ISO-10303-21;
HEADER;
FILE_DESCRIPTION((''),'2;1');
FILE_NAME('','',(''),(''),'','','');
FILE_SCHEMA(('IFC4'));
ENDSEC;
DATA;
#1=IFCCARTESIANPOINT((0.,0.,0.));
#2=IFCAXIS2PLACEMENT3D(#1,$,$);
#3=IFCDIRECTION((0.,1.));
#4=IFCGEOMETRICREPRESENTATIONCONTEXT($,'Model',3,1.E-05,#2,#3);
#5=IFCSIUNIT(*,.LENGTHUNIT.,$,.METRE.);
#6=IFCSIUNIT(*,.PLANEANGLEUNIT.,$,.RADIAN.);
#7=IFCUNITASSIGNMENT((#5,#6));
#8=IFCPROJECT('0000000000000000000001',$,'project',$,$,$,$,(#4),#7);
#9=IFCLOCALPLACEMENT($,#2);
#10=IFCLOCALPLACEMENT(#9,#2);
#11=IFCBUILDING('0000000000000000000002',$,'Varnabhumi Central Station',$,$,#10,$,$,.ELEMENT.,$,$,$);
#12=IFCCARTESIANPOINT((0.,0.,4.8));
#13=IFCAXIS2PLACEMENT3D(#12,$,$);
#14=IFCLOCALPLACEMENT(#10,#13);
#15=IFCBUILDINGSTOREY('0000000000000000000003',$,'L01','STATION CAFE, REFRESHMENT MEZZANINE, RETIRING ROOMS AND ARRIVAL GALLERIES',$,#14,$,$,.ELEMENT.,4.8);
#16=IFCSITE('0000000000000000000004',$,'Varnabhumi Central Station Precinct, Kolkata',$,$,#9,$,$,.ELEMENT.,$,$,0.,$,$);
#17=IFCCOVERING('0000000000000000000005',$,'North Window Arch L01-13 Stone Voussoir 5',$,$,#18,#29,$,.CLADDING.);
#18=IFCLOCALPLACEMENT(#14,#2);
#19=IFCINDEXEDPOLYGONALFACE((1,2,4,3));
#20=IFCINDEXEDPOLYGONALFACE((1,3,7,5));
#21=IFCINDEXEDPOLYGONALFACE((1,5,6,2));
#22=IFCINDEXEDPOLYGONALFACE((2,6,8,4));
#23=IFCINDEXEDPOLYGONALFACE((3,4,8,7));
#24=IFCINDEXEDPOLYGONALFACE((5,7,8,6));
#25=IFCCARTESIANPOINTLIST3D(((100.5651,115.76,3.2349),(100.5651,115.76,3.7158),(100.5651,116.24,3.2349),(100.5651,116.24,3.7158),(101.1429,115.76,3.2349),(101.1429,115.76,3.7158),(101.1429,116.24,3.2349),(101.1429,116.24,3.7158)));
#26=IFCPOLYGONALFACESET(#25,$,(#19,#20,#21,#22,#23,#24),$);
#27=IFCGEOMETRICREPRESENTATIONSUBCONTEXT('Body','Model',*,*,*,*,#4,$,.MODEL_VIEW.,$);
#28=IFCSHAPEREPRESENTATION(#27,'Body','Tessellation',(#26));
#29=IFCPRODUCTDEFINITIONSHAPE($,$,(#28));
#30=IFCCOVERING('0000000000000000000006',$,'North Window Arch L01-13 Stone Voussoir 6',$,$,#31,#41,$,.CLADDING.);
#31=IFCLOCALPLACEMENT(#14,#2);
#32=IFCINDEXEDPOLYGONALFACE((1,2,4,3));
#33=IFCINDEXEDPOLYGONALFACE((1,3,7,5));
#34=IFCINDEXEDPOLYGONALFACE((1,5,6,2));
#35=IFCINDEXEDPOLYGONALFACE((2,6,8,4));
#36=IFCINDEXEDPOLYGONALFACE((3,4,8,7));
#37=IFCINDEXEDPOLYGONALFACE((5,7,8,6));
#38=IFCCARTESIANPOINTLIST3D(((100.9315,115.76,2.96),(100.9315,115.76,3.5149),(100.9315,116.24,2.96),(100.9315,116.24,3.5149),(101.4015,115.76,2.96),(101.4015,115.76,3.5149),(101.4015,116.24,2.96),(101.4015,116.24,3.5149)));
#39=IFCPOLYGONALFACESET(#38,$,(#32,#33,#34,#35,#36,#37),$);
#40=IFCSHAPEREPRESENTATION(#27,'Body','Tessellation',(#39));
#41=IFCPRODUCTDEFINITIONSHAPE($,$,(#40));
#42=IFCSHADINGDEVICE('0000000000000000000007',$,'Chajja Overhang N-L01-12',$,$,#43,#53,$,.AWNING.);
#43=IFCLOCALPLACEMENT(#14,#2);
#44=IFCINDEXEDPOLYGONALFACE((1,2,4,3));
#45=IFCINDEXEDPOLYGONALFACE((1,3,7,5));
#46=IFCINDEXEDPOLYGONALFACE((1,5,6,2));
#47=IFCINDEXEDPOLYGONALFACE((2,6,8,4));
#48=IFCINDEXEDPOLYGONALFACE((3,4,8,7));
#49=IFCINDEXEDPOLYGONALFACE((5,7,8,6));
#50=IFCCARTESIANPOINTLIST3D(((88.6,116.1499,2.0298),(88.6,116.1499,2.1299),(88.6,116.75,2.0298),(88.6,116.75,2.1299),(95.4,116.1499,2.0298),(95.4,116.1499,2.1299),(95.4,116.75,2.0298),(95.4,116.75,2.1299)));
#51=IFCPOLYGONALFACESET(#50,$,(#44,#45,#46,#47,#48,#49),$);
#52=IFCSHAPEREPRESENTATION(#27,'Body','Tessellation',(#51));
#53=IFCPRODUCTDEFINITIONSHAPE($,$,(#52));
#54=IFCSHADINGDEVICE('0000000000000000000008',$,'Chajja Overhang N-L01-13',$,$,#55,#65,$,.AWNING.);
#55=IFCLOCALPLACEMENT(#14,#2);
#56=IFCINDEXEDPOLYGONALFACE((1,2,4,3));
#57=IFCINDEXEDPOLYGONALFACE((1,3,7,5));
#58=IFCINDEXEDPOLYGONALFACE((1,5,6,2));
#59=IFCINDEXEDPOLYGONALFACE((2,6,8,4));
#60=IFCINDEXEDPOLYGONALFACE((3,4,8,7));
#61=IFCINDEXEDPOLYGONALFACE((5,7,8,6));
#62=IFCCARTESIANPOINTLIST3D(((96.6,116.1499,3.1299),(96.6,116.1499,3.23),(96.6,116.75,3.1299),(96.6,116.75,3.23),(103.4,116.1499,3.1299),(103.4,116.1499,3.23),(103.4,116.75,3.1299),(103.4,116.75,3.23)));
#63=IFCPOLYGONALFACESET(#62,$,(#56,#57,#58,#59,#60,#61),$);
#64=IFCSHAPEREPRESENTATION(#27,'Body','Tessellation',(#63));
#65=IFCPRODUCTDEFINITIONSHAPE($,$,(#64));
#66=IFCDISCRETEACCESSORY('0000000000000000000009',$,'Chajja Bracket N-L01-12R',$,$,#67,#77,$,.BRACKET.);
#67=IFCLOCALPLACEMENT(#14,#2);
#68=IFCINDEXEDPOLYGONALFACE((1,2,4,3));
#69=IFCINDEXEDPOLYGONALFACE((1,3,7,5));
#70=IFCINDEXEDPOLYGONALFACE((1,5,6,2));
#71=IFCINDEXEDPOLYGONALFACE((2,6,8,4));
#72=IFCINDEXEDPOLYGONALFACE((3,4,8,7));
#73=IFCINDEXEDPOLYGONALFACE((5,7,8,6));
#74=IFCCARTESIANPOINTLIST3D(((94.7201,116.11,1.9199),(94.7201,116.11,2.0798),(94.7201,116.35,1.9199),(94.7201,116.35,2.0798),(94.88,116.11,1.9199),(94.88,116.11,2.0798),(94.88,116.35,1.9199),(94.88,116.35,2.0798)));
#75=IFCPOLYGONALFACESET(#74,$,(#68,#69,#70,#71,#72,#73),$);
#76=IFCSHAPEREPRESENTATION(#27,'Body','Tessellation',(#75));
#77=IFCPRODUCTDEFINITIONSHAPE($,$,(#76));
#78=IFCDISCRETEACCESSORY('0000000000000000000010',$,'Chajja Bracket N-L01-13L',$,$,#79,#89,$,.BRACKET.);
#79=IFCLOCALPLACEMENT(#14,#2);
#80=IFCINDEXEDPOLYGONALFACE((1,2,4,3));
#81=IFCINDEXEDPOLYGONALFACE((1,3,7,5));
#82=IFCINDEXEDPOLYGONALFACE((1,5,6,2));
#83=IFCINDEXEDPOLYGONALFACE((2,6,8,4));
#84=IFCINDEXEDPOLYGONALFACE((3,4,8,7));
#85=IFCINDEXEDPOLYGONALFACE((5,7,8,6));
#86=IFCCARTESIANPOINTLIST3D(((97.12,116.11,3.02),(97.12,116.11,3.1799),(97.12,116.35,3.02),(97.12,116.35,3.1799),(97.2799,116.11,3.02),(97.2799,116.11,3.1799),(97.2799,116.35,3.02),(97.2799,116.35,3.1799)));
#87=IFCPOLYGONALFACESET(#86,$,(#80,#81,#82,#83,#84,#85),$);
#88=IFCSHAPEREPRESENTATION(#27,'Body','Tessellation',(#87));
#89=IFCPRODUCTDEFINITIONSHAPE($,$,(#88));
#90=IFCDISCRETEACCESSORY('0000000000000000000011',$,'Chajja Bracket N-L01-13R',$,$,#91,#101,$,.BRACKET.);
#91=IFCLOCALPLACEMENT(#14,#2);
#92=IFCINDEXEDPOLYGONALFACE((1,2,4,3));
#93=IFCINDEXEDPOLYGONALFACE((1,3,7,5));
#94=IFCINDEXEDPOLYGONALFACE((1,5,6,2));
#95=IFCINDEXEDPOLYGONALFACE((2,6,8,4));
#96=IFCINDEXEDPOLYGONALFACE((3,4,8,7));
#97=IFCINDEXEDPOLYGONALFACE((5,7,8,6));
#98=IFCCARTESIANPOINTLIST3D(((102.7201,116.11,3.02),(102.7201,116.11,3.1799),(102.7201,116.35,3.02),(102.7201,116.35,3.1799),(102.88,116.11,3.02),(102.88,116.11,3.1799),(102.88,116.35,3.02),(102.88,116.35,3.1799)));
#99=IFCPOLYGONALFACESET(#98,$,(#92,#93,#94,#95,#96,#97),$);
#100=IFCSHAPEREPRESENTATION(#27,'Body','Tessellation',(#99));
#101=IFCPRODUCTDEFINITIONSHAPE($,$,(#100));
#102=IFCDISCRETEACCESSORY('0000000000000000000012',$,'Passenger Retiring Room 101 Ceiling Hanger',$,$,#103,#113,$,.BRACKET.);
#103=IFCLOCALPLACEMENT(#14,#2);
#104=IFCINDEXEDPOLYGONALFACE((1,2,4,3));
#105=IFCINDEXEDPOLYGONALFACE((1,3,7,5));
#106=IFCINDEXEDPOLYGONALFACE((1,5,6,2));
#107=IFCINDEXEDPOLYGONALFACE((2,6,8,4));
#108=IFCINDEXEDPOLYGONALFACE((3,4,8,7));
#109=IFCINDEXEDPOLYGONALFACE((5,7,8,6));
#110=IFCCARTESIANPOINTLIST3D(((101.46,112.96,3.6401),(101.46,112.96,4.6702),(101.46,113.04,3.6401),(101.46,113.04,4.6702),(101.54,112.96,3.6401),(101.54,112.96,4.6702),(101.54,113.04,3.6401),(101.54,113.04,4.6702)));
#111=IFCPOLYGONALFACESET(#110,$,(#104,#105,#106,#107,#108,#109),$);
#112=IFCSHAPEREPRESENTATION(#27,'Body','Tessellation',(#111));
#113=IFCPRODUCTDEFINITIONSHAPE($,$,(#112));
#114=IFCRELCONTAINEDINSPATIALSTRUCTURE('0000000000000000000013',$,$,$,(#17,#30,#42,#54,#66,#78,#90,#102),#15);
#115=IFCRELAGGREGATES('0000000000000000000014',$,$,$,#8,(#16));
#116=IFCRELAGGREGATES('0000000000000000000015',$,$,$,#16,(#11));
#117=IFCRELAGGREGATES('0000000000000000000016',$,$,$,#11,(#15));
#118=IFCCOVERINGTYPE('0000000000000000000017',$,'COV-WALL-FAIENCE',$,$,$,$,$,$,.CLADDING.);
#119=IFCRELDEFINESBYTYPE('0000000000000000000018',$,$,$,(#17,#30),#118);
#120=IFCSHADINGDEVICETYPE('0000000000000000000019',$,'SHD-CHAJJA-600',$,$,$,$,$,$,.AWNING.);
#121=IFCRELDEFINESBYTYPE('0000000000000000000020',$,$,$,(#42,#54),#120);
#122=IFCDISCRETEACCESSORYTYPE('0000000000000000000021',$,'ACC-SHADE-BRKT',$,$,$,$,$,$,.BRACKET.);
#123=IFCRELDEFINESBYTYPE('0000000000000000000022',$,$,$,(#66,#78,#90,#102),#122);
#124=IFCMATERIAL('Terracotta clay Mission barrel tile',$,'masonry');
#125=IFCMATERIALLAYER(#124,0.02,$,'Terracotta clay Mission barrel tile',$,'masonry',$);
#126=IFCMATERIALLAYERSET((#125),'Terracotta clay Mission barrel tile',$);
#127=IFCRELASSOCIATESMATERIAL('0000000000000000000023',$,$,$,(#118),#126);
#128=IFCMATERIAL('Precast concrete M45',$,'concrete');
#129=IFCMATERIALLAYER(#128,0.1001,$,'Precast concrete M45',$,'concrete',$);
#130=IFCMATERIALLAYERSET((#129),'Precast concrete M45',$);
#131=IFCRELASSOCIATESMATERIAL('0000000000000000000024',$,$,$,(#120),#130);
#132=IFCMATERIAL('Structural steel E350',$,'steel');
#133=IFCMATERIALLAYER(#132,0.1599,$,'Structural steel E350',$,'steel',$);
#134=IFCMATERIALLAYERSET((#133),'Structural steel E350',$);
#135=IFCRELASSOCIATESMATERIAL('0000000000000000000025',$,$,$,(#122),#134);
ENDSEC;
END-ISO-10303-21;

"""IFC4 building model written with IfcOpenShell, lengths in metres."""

from ifc_helpers import new_model, si_unit, direction, frame, origin, origin_2d, place, context, subcontext, project, spatial, rectangle, extrude, material, layer, layer_set, type_object, element, save


model = new_model("IFC4")

# Units and contexts
model_context = context("Model", 3, precision=1e-05, world=origin(), true_north=direction((0.0, 1.0)))
body_context = subcontext(model_context, "Body", "Model", "MODEL_VIEW")
ifc_project = project(units=[si_unit("LENGTHUNIT", "METRE"), si_unit("PLANEANGLEUNIT", "RADIAN")], contexts=[model_context])

# Site, building, storey
site_placement = place(None, origin())
site = spatial("IfcSite", under=ifc_project, at=site_placement, Name="Varnabhumi Central Station Precinct, Kolkata", CompositionType="ELEMENT", RefElevation=0.0)
building_placement = place(site_placement, origin())
building = spatial("IfcBuilding", under=site, at=building_placement, Name="Varnabhumi Central Station", CompositionType="ELEMENT")
storey_placement = place(building_placement, frame((0.0, 0.0, 4.8)))
storey = spatial("IfcBuildingStorey", under=building, at=storey_placement, Name="L01", Description="STATION CAFE, REFRESHMENT MEZZANINE, RETIRING ROOMS AND ARRIVAL GALLERIES", CompositionType="ELEMENT", Elevation=4.8)

# Coverings
ifc_material_1 = material(Name="Terracotta clay Mission barrel tile", Category="masonry")
ifc_layer_1 = layer(ifc_material_1, 0.02, Name="Terracotta clay Mission barrel tile", Category="masonry")
ifc_layer_set_1 = layer_set([ifc_layer_1], Name="Terracotta clay Mission barrel tile")
covering_type = type_object("IfcCoveringType", Name="COV-WALL-FAIENCE", PredefinedType="CLADDING", material=ifc_layer_set_1)
covering_1_placement = place(storey_placement, frame((100.854, 116.0, 3.2349), z_axis=(0.0, 0.0, 1.0), x_axis=(1.0, 0.0, 0.0)))
element("IfcCovering", 1, at=covering_1_placement, inside=storey, type_object=covering_type, Name="North Window Arch L01-13 Stone Voussoir 5", PredefinedType="CLADDING", context=body_context, shape_type="SweptSolid", body=[
    extrude(rectangle(XDim=0.5779, YDim=0.48, at=origin_2d()), origin(), (0.0, 0.0, 1.0), 0.481),
])
covering_2_placement = place(storey_placement, frame((101.1665, 116.0, 2.96), z_axis=(0.0, 0.0, 1.0), x_axis=(1.0, 0.0, 0.0)))
element("IfcCovering", 2, at=covering_2_placement, inside=storey, type_object=covering_type, Name="North Window Arch L01-13 Stone Voussoir 6", PredefinedType="CLADDING", context=body_context, shape_type="SweptSolid", body=[
    extrude(rectangle(XDim=0.47, YDim=0.48, at=origin_2d()), origin(), (0.0, 0.0, 1.0), 0.5549),
])

# Shading devices
ifc_material_2 = material(Name="Precast concrete M45", Category="concrete")
ifc_layer_2 = layer(ifc_material_2, 0.1001, Name="Precast concrete M45", Category="concrete")
ifc_layer_set_2 = layer_set([ifc_layer_2], Name="Precast concrete M45")
shading_device_type = type_object("IfcShadingDeviceType", Name="SHD-CHAJJA-600", PredefinedType="AWNING", material=ifc_layer_set_2)
for number, where, z_axis, x_axis, name in (
    (3, (92.0, 116.45, 2.0298), (0.0, 0.0, 1.0), (1.0, 0.0, 0.0), "Chajja Overhang N-L01-12"),
    (4, (100.0, 116.45, 3.1299), (0.0, 0.0, 1.0), (1.0, 0.0, 0.0), "Chajja Overhang N-L01-13"),
):
    element("IfcShadingDevice", number, at=place(storey_placement, frame(where, z_axis=z_axis, x_axis=x_axis)), inside=storey, type_object=shading_device_type, Name=name, PredefinedType="AWNING", context=body_context, shape_type="SweptSolid", body=[
        extrude(rectangle(XDim=6.8, YDim=0.6001, at=origin_2d()), origin(), (0.0, 0.0, 1.0), 0.1001),
    ])

# Discrete accessories
ifc_material_3 = material(Name="Structural steel E350", Category="steel")
ifc_layer_3 = layer(ifc_material_3, 0.1599, Name="Structural steel E350", Category="steel")
ifc_layer_set_3 = layer_set([ifc_layer_3], Name="Structural steel E350")
discrete_accessory_type = type_object("IfcDiscreteAccessoryType", Name="ACC-SHADE-BRKT", PredefinedType="BRACKET", material=ifc_layer_set_3)
for number, where, z_axis, x_axis, name in (
    (5, (94.8, 116.23, 1.9199), (0.0, 0.0, 1.0), (1.0, 0.0, 0.0), "Chajja Bracket N-L01-12R"),
    (6, (97.2, 116.23, 3.02), (0.0, 0.0, 1.0), (1.0, 0.0, 0.0), "Chajja Bracket N-L01-13L"),
    (7, (102.8, 116.23, 3.02), (0.0, 0.0, 1.0), (1.0, 0.0, 0.0), "Chajja Bracket N-L01-13R"),
):
    element("IfcDiscreteAccessory", number, at=place(storey_placement, frame(where, z_axis=z_axis, x_axis=x_axis)), inside=storey, type_object=discrete_accessory_type, Name=name, PredefinedType="BRACKET", context=body_context, shape_type="SweptSolid", body=[
        extrude(rectangle(XDim=0.1599, YDim=0.24, at=origin_2d()), origin(), (0.0, 0.0, 1.0), 0.1599),
    ])
discrete_accessory_placement = place(storey_placement, frame((101.5, 113.0, 3.6401), z_axis=(0.0, 0.0, 1.0), x_axis=(1.0, 0.0, 0.0)))
element("IfcDiscreteAccessory", 8, at=discrete_accessory_placement, inside=storey, type_object=discrete_accessory_type, Name="Passenger Retiring Room 101 Ceiling Hanger", PredefinedType="BRACKET", context=body_context, shape_type="SweptSolid", body=[
    extrude(rectangle(XDim=0.0801, YDim=0.0801, at=origin_2d()), origin(), (0.0, 0.0, 1.0), 1.03),
])

save(model, "model.ifc")
